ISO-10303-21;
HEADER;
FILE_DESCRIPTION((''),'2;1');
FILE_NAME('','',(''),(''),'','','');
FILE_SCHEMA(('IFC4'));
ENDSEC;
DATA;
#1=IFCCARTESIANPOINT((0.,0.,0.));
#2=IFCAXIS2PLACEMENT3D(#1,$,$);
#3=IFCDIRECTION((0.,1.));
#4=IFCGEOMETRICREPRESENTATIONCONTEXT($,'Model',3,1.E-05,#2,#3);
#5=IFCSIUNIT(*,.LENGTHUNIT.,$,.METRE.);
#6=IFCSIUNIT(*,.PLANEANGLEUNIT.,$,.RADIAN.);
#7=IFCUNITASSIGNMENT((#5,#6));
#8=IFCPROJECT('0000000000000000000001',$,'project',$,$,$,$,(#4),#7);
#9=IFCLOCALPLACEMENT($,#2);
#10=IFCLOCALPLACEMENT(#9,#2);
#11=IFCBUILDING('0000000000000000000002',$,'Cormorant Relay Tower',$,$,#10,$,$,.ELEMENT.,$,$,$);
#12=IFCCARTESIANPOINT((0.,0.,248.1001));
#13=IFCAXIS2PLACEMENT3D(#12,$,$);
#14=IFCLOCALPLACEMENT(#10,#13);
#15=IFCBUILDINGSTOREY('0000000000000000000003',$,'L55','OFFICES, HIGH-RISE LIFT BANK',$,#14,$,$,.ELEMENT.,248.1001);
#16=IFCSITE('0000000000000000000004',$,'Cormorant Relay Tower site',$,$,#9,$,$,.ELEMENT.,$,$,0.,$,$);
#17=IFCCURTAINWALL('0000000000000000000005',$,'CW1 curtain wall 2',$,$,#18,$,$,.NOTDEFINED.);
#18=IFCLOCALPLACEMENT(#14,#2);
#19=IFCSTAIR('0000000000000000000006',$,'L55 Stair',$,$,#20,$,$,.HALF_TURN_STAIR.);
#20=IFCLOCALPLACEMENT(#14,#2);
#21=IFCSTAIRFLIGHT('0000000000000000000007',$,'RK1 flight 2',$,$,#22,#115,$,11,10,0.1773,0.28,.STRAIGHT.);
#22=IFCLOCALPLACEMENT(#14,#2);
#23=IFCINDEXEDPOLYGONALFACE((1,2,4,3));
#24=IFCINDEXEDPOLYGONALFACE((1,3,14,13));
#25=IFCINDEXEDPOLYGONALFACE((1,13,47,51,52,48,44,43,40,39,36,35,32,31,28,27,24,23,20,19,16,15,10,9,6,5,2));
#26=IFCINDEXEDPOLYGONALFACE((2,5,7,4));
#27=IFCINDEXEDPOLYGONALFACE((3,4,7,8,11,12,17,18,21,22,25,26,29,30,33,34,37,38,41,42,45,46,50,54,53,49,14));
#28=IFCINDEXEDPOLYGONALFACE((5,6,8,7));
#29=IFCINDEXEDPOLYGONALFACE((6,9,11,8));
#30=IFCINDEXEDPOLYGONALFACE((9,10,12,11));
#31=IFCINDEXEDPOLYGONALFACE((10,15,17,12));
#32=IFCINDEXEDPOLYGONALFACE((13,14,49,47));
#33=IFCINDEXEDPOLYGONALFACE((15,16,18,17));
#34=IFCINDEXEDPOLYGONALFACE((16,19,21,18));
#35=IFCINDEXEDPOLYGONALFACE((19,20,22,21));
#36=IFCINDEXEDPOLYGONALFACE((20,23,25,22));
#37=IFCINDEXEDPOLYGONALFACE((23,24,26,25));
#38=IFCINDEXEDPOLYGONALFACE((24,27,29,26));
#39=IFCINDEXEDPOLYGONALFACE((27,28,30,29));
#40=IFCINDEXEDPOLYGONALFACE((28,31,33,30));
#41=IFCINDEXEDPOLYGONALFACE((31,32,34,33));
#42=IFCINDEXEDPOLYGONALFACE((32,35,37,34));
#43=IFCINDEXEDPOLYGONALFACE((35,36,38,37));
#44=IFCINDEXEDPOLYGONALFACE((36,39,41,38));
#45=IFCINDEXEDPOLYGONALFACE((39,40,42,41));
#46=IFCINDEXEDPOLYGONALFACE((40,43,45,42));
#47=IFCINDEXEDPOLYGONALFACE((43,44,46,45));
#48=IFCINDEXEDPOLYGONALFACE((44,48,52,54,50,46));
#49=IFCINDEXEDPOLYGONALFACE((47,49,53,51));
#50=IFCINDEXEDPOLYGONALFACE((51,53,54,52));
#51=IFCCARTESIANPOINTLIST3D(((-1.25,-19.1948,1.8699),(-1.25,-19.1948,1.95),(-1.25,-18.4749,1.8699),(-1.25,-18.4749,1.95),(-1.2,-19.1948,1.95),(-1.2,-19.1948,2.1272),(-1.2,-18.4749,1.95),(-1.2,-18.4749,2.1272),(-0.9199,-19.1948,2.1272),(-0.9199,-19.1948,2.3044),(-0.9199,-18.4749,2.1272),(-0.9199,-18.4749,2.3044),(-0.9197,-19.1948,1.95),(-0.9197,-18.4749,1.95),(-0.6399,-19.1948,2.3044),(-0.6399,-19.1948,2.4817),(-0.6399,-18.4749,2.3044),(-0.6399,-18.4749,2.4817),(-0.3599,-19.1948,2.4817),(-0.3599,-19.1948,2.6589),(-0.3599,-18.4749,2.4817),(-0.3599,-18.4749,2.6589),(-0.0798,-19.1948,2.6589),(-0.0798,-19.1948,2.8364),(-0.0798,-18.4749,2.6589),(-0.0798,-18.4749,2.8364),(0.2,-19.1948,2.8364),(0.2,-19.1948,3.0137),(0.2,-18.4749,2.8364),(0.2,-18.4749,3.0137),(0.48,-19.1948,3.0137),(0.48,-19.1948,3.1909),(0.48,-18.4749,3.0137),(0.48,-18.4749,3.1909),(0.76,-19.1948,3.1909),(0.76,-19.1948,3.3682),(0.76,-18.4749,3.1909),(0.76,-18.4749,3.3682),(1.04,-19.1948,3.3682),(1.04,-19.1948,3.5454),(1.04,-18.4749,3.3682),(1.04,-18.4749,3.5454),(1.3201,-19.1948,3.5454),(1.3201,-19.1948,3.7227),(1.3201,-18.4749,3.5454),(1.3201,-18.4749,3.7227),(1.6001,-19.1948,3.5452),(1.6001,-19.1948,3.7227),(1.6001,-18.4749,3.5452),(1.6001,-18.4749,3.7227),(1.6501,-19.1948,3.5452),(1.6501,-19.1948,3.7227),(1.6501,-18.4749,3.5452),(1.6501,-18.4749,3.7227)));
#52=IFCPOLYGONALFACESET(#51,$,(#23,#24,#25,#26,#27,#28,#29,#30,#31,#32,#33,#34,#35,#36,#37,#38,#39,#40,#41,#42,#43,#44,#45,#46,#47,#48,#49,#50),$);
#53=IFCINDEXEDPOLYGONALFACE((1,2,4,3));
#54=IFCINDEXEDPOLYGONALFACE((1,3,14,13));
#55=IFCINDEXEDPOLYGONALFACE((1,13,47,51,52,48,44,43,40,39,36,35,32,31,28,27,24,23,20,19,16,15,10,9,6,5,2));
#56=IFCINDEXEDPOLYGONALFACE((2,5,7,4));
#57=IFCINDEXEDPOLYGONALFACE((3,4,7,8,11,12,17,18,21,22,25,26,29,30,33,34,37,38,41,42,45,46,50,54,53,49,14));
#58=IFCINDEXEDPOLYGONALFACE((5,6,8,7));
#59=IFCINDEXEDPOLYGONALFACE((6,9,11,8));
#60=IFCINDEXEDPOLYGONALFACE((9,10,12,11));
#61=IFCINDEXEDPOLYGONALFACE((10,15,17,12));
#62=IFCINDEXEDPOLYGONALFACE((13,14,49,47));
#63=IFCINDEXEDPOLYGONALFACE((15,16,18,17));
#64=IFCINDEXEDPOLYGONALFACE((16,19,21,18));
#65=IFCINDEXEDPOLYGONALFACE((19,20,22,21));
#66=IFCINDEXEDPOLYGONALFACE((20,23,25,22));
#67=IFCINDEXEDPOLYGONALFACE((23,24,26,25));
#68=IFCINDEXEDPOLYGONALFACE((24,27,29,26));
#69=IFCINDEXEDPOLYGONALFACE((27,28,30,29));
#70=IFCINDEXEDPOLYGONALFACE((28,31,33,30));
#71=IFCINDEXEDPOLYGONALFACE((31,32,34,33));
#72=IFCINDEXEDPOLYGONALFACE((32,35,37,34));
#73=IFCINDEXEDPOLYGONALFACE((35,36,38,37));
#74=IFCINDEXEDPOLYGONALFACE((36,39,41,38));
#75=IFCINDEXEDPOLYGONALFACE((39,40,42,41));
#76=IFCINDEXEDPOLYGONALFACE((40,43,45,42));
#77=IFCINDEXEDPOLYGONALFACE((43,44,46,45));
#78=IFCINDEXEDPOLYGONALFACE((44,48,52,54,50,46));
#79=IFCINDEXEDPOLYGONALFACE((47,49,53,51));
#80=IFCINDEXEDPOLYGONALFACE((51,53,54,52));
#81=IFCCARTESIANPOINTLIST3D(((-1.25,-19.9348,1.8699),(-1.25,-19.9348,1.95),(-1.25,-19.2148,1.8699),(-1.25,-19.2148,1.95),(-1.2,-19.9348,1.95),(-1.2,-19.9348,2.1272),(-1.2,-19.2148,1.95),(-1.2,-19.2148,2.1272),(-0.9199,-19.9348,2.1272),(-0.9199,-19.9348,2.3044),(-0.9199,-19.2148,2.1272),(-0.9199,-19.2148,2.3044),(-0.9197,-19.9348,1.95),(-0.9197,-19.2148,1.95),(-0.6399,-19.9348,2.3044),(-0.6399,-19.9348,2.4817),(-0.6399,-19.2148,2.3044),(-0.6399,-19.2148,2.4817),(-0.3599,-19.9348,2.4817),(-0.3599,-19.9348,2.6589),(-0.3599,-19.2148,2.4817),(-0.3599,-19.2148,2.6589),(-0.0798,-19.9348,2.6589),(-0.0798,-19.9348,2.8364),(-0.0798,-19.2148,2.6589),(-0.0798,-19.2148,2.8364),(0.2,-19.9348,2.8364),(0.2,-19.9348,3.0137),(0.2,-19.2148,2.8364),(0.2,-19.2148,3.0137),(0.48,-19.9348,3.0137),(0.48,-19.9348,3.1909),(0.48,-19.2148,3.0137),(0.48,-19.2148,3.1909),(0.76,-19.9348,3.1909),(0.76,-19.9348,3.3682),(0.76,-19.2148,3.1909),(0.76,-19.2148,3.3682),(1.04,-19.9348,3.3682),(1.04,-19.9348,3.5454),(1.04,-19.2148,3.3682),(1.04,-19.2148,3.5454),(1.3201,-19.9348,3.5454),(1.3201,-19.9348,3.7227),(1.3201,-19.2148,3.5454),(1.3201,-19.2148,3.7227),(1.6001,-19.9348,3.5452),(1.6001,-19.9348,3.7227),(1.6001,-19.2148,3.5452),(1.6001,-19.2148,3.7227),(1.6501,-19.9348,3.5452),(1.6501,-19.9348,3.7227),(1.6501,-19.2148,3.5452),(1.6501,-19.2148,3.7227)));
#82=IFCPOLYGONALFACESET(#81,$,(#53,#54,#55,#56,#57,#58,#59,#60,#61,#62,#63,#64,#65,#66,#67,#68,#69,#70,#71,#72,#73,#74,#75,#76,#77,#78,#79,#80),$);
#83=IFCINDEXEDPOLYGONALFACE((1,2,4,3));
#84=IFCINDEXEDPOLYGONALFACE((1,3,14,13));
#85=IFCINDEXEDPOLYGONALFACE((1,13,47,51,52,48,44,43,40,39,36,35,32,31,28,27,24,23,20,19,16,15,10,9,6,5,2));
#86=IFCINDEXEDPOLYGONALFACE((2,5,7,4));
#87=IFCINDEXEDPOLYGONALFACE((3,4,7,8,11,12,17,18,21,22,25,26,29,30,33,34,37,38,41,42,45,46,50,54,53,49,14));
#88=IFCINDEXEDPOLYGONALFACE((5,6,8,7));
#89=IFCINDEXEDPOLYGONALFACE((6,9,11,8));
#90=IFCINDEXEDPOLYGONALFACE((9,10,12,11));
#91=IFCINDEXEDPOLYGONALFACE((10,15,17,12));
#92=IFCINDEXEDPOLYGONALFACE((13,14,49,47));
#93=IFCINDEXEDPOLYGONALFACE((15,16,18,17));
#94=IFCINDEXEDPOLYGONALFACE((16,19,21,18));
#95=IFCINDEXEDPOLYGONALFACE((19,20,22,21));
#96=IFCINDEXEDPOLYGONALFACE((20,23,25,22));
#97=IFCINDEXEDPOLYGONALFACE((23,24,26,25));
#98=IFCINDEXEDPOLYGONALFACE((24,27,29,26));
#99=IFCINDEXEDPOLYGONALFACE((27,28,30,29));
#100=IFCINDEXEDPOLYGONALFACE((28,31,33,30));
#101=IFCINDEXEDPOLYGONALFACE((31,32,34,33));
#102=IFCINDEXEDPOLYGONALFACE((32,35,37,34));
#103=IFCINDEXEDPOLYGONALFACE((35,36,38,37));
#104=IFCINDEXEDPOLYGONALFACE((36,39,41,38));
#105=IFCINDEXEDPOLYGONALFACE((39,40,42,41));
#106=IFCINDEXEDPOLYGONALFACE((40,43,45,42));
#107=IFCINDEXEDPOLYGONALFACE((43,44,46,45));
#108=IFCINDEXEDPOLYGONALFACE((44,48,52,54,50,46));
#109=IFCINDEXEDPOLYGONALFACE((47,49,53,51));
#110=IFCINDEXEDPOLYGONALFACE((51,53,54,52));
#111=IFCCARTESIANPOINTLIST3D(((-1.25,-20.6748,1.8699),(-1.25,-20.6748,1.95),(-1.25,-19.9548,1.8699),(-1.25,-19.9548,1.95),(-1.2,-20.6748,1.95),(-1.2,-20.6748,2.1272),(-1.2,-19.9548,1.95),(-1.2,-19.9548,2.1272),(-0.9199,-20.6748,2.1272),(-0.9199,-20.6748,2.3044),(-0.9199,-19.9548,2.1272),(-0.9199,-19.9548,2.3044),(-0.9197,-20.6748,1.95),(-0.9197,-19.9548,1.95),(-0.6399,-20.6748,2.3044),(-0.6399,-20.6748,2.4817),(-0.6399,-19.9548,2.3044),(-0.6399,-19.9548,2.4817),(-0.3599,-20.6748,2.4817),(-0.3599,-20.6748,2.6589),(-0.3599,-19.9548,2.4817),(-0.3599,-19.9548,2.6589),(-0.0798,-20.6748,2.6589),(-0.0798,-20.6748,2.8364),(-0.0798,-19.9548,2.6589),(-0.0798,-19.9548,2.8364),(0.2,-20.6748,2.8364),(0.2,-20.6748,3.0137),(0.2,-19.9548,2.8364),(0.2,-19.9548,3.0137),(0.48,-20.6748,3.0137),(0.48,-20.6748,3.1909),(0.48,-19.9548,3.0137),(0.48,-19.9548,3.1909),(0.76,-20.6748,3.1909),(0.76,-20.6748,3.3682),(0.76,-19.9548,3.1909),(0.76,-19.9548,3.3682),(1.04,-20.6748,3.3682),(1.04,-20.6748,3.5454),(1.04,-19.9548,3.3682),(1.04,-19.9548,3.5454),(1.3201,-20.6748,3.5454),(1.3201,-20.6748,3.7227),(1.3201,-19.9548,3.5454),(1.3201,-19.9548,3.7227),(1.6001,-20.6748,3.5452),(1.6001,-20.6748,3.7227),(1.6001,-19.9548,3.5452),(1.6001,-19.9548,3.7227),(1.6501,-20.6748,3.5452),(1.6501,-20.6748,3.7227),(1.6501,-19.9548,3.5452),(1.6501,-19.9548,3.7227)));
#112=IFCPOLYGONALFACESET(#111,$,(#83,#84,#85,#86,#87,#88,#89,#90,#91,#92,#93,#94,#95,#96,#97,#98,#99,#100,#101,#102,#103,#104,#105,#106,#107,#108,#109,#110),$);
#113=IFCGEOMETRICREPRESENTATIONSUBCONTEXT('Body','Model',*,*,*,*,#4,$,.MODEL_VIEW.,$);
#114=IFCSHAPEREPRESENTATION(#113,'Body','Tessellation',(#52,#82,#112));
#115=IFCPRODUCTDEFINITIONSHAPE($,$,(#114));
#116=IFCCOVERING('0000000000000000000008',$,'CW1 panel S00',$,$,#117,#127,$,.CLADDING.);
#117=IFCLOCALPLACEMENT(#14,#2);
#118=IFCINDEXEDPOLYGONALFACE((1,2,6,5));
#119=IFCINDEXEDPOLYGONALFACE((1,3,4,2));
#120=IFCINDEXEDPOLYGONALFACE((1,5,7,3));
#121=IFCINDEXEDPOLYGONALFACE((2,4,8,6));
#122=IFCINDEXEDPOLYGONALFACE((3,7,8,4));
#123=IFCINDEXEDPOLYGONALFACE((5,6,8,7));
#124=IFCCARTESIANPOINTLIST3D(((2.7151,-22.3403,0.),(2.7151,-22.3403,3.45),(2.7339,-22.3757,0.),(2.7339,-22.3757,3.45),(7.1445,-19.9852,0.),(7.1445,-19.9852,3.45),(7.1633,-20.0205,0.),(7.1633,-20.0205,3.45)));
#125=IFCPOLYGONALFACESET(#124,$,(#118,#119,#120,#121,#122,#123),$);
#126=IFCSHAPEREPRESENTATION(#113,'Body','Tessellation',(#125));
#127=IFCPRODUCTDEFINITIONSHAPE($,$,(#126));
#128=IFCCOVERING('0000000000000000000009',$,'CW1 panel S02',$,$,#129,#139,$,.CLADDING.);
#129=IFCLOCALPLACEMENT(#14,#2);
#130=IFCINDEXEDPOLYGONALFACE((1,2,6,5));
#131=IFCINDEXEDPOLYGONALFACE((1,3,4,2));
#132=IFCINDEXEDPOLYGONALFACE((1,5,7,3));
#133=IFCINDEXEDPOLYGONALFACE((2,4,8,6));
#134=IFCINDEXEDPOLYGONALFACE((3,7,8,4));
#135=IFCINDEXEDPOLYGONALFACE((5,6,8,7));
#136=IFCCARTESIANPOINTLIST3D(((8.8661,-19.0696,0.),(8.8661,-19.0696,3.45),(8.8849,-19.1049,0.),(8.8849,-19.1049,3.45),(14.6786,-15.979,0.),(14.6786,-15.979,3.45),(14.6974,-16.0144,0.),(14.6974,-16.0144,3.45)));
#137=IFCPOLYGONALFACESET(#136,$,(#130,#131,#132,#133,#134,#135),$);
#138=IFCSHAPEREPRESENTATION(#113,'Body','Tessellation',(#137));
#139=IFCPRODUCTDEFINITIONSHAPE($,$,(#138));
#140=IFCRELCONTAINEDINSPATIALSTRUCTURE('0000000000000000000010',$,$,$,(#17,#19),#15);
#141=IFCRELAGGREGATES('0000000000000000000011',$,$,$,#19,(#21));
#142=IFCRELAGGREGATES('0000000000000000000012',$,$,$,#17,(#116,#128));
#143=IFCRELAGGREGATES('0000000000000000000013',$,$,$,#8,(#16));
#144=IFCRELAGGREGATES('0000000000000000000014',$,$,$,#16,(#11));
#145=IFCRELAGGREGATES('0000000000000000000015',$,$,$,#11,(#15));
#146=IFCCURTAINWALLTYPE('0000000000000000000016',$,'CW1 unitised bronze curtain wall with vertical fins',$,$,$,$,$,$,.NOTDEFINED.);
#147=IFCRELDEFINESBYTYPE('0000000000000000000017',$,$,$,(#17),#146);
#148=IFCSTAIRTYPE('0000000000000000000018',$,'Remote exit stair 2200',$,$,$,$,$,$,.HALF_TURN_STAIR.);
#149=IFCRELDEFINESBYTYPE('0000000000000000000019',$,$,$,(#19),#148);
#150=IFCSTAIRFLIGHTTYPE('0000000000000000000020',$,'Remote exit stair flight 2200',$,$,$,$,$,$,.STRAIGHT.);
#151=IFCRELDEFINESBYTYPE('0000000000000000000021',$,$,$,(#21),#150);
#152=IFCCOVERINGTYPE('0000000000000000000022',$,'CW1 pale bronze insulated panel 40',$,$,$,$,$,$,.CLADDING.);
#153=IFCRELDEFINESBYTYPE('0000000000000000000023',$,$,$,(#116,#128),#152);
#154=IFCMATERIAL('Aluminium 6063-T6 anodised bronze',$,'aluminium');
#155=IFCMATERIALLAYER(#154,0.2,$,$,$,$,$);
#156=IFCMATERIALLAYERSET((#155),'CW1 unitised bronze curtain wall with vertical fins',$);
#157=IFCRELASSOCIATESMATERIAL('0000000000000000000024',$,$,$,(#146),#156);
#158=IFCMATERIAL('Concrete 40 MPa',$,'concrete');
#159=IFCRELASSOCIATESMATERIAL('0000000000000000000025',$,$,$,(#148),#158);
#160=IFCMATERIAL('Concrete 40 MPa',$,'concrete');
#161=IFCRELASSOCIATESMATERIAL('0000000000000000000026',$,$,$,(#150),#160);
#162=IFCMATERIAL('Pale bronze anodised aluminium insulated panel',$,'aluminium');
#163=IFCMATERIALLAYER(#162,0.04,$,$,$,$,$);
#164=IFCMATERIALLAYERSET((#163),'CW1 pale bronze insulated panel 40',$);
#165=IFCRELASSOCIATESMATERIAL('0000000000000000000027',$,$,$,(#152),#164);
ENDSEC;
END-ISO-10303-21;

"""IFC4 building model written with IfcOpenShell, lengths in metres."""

from ifc_helpers import new_model, si_unit, direction, frame, origin, origin_2d, place, context, subcontext, project, spatial, polyline, rectangle, outline, extrude, material, layer, layer_set, type_object, element, aggregate, save


model = new_model("IFC4")

# Units and contexts
model_context = context("Model", 3, precision=1e-05, world=origin(), true_north=direction((0.0, 1.0)))
body_context = subcontext(model_context, "Body", "Model", "MODEL_VIEW")
ifc_project = project(units=[si_unit("LENGTHUNIT", "METRE"), si_unit("PLANEANGLEUNIT", "RADIAN")], contexts=[model_context])

# Site, building, storey
site_placement = place(None, origin())
site = spatial("IfcSite", under=ifc_project, at=site_placement, Name="Cormorant Relay Tower site", CompositionType="ELEMENT", RefElevation=0.0)
building_placement = place(site_placement, origin())
building = spatial("IfcBuilding", under=site, at=building_placement, Name="Cormorant Relay Tower", CompositionType="ELEMENT")
storey_placement = place(building_placement, frame((0.0, 0.0, 248.1001)))
storey = spatial("IfcBuildingStorey", under=building, at=storey_placement, Name="L55", Description="OFFICES, HIGH-RISE LIFT BANK", CompositionType="ELEMENT", Elevation=248.1001)

# Shared definitions
ifc_material_1 = material(Name="Aluminium 6063-T6 anodised bronze", Category="aluminium")
ifc_layer_1 = layer(ifc_material_1, 0.2)
ifc_layer_set_1 = layer_set([ifc_layer_1], Name="CW1 unitised bronze curtain wall with vertical fins")
curtain_wall_type = type_object("IfcCurtainWallType", Name="CW1 unitised bronze curtain wall with vertical fins", PredefinedType="NOTDEFINED", material=ifc_layer_set_1)

# Curtain wall
curtain_wall_1_placement = place(storey_placement, origin())
curtain_wall_1 = element("IfcCurtainWall", 1, at=curtain_wall_1_placement, inside=storey, type_object=curtain_wall_type, Name="CW1 curtain wall 2", PredefinedType="NOTDEFINED")

# Stair, stair flight
ifc_material_2 = material(Name="Concrete 40 MPa", Category="concrete")
stair_type = type_object("IfcStairType", Name="Remote exit stair 2200", PredefinedType="HALF_TURN_STAIR", material=ifc_material_2)
stair_placement = place(storey_placement, origin())
stair = element("IfcStair", 2, at=stair_placement, inside=storey, type_object=stair_type, Name="L55 Stair", PredefinedType="HALF_TURN_STAIR")
ifc_material_3 = material(Name="Concrete 40 MPa", Category="concrete")
stair_flight_type = type_object("IfcStairFlightType", Name="Remote exit stair flight 2200", PredefinedType="STRAIGHT", material=ifc_material_3)
stair_flight_1_placement = place(storey_placement, frame((-1.2, -19.575, 1.95), z_axis=(0.0, 0.0, 1.0), x_axis=(1.0, 0.0, 0.0)))
stair_flight_1 = element("IfcStairFlight", 3, at=stair_flight_1_placement, type_object=stair_flight_type, Name="RK1 flight 2", NumberOfRisers=11, NumberOfTreads=10, PredefinedType="STRAIGHT", RiserHeight=0.1773, TreadLength=0.28, context=body_context, shape_type="SweptSolid", body=[
    extrude(outline(polyline([(-0.05, -0.0801), (-0.05, 0.0), (0.0, 0.0), (0.0, 0.1772), (0.28, 0.1772), (0.28, 0.3545), (0.5601, 0.3545), (0.5601, 0.5317), (0.8401, 0.5317), (0.8401, 0.709), (1.1201, 0.709), (1.1201, 0.8865), (1.3999, 0.8865), (1.3999, 1.0637), (1.6799, 1.0637), (1.6799, 1.241), (1.96, 1.241), (1.96, 1.4182), (2.24, 1.4182), (2.24, 1.5955), (2.52, 1.5955), (2.52, 1.7727), (2.8, 1.7727), (2.8501, 1.7727), (2.8501, 1.5952), (2.8, 1.5952), (0.2803, 0.0), (-0.05, -0.0801)])), frame((0.0, 1.1001, 0.0), z_axis=(0.0, -1.0, 0.0), x_axis=(1.0, 0.0, 0.0)), (0.0, 0.0, 1.0), 0.72),
    extrude(outline(polyline([(-0.05, -0.0801), (-0.05, 0.0), (0.0, 0.0), (0.0, 0.1772), (0.28, 0.1772), (0.28, 0.3545), (0.5601, 0.3545), (0.5601, 0.5317), (0.8401, 0.5317), (0.8401, 0.709), (1.1201, 0.709), (1.1201, 0.8865), (1.3999, 0.8865), (1.3999, 1.0637), (1.6799, 1.0637), (1.6799, 1.241), (1.96, 1.241), (1.96, 1.4182), (2.24, 1.4182), (2.24, 1.5955), (2.52, 1.5955), (2.52, 1.7727), (2.8, 1.7727), (2.8501, 1.7727), (2.8501, 1.5952), (2.8, 1.5952), (0.2803, 0.0), (-0.05, -0.0801)])), frame((0.0, 0.3601, 0.0), z_axis=(0.0, -1.0, 0.0), x_axis=(1.0, 0.0, 0.0)), (0.0, 0.0, 1.0), 0.72),
    extrude(outline(polyline([(-0.05, -0.0801), (-0.05, 0.0), (0.0, 0.0), (0.0, 0.1772), (0.28, 0.1772), (0.28, 0.3545), (0.5601, 0.3545), (0.5601, 0.5317), (0.8401, 0.5317), (0.8401, 0.709), (1.1201, 0.709), (1.1201, 0.8865), (1.3999, 0.8865), (1.3999, 1.0637), (1.6799, 1.0637), (1.6799, 1.241), (1.96, 1.241), (1.96, 1.4182), (2.24, 1.4182), (2.24, 1.5955), (2.52, 1.5955), (2.52, 1.7727), (2.8, 1.7727), (2.8501, 1.7727), (2.8501, 1.5952), (2.8, 1.5952), (0.2803, 0.0), (-0.05, -0.0801)])), frame((0.0, -0.3799, 0.0), z_axis=(0.0, -1.0, 0.0), x_axis=(1.0, 0.0, 0.0)), (0.0, 0.0, 1.0), 0.72),
])
aggregate(stair, [stair_flight_1])

# Coverings
ifc_material_4 = material(Name="Pale bronze anodised aluminium insulated panel", Category="aluminium")
ifc_layer_2 = layer(ifc_material_4, 0.04)
ifc_layer_set_2 = layer_set([ifc_layer_2], Name="CW1 pale bronze insulated panel 40")
covering_type = type_object("IfcCoveringType", Name="CW1 pale bronze insulated panel 40", PredefinedType="CLADDING", material=ifc_layer_set_2)
covering_1_placement = place(storey_placement, frame((4.9392, -21.1804, 0.0), z_axis=(0.0, 0.0, 1.0), x_axis=(0.882948, 0.469472, 0.0)))
covering_1 = element("IfcCovering", 4, at=covering_1_placement, type_object=covering_type, Name="CW1 panel S00", PredefinedType="CLADDING", context=body_context, shape_type="SweptSolid", body=[
    extrude(rectangle(XDim=5.0166, YDim=0.04, at=origin_2d()), origin(), (0.0, 0.0, 1.0), 3.45),
])
covering_2_placement = place(storey_placement, frame((11.7817, -17.542, 0.0), z_axis=(0.0, 0.0, 1.0), x_axis=(0.882948, 0.469472, 0.0)))
covering_2 = element("IfcCovering", 5, at=covering_2_placement, type_object=covering_type, Name="CW1 panel S02", PredefinedType="CLADDING", context=body_context, shape_type="SweptSolid", body=[
    extrude(rectangle(XDim=6.583, YDim=0.04, at=origin_2d()), origin(), (0.0, 0.0, 1.0), 3.45),
])
aggregate(curtain_wall_1, [covering_1, covering_2])

save(model, "model.ifc")
